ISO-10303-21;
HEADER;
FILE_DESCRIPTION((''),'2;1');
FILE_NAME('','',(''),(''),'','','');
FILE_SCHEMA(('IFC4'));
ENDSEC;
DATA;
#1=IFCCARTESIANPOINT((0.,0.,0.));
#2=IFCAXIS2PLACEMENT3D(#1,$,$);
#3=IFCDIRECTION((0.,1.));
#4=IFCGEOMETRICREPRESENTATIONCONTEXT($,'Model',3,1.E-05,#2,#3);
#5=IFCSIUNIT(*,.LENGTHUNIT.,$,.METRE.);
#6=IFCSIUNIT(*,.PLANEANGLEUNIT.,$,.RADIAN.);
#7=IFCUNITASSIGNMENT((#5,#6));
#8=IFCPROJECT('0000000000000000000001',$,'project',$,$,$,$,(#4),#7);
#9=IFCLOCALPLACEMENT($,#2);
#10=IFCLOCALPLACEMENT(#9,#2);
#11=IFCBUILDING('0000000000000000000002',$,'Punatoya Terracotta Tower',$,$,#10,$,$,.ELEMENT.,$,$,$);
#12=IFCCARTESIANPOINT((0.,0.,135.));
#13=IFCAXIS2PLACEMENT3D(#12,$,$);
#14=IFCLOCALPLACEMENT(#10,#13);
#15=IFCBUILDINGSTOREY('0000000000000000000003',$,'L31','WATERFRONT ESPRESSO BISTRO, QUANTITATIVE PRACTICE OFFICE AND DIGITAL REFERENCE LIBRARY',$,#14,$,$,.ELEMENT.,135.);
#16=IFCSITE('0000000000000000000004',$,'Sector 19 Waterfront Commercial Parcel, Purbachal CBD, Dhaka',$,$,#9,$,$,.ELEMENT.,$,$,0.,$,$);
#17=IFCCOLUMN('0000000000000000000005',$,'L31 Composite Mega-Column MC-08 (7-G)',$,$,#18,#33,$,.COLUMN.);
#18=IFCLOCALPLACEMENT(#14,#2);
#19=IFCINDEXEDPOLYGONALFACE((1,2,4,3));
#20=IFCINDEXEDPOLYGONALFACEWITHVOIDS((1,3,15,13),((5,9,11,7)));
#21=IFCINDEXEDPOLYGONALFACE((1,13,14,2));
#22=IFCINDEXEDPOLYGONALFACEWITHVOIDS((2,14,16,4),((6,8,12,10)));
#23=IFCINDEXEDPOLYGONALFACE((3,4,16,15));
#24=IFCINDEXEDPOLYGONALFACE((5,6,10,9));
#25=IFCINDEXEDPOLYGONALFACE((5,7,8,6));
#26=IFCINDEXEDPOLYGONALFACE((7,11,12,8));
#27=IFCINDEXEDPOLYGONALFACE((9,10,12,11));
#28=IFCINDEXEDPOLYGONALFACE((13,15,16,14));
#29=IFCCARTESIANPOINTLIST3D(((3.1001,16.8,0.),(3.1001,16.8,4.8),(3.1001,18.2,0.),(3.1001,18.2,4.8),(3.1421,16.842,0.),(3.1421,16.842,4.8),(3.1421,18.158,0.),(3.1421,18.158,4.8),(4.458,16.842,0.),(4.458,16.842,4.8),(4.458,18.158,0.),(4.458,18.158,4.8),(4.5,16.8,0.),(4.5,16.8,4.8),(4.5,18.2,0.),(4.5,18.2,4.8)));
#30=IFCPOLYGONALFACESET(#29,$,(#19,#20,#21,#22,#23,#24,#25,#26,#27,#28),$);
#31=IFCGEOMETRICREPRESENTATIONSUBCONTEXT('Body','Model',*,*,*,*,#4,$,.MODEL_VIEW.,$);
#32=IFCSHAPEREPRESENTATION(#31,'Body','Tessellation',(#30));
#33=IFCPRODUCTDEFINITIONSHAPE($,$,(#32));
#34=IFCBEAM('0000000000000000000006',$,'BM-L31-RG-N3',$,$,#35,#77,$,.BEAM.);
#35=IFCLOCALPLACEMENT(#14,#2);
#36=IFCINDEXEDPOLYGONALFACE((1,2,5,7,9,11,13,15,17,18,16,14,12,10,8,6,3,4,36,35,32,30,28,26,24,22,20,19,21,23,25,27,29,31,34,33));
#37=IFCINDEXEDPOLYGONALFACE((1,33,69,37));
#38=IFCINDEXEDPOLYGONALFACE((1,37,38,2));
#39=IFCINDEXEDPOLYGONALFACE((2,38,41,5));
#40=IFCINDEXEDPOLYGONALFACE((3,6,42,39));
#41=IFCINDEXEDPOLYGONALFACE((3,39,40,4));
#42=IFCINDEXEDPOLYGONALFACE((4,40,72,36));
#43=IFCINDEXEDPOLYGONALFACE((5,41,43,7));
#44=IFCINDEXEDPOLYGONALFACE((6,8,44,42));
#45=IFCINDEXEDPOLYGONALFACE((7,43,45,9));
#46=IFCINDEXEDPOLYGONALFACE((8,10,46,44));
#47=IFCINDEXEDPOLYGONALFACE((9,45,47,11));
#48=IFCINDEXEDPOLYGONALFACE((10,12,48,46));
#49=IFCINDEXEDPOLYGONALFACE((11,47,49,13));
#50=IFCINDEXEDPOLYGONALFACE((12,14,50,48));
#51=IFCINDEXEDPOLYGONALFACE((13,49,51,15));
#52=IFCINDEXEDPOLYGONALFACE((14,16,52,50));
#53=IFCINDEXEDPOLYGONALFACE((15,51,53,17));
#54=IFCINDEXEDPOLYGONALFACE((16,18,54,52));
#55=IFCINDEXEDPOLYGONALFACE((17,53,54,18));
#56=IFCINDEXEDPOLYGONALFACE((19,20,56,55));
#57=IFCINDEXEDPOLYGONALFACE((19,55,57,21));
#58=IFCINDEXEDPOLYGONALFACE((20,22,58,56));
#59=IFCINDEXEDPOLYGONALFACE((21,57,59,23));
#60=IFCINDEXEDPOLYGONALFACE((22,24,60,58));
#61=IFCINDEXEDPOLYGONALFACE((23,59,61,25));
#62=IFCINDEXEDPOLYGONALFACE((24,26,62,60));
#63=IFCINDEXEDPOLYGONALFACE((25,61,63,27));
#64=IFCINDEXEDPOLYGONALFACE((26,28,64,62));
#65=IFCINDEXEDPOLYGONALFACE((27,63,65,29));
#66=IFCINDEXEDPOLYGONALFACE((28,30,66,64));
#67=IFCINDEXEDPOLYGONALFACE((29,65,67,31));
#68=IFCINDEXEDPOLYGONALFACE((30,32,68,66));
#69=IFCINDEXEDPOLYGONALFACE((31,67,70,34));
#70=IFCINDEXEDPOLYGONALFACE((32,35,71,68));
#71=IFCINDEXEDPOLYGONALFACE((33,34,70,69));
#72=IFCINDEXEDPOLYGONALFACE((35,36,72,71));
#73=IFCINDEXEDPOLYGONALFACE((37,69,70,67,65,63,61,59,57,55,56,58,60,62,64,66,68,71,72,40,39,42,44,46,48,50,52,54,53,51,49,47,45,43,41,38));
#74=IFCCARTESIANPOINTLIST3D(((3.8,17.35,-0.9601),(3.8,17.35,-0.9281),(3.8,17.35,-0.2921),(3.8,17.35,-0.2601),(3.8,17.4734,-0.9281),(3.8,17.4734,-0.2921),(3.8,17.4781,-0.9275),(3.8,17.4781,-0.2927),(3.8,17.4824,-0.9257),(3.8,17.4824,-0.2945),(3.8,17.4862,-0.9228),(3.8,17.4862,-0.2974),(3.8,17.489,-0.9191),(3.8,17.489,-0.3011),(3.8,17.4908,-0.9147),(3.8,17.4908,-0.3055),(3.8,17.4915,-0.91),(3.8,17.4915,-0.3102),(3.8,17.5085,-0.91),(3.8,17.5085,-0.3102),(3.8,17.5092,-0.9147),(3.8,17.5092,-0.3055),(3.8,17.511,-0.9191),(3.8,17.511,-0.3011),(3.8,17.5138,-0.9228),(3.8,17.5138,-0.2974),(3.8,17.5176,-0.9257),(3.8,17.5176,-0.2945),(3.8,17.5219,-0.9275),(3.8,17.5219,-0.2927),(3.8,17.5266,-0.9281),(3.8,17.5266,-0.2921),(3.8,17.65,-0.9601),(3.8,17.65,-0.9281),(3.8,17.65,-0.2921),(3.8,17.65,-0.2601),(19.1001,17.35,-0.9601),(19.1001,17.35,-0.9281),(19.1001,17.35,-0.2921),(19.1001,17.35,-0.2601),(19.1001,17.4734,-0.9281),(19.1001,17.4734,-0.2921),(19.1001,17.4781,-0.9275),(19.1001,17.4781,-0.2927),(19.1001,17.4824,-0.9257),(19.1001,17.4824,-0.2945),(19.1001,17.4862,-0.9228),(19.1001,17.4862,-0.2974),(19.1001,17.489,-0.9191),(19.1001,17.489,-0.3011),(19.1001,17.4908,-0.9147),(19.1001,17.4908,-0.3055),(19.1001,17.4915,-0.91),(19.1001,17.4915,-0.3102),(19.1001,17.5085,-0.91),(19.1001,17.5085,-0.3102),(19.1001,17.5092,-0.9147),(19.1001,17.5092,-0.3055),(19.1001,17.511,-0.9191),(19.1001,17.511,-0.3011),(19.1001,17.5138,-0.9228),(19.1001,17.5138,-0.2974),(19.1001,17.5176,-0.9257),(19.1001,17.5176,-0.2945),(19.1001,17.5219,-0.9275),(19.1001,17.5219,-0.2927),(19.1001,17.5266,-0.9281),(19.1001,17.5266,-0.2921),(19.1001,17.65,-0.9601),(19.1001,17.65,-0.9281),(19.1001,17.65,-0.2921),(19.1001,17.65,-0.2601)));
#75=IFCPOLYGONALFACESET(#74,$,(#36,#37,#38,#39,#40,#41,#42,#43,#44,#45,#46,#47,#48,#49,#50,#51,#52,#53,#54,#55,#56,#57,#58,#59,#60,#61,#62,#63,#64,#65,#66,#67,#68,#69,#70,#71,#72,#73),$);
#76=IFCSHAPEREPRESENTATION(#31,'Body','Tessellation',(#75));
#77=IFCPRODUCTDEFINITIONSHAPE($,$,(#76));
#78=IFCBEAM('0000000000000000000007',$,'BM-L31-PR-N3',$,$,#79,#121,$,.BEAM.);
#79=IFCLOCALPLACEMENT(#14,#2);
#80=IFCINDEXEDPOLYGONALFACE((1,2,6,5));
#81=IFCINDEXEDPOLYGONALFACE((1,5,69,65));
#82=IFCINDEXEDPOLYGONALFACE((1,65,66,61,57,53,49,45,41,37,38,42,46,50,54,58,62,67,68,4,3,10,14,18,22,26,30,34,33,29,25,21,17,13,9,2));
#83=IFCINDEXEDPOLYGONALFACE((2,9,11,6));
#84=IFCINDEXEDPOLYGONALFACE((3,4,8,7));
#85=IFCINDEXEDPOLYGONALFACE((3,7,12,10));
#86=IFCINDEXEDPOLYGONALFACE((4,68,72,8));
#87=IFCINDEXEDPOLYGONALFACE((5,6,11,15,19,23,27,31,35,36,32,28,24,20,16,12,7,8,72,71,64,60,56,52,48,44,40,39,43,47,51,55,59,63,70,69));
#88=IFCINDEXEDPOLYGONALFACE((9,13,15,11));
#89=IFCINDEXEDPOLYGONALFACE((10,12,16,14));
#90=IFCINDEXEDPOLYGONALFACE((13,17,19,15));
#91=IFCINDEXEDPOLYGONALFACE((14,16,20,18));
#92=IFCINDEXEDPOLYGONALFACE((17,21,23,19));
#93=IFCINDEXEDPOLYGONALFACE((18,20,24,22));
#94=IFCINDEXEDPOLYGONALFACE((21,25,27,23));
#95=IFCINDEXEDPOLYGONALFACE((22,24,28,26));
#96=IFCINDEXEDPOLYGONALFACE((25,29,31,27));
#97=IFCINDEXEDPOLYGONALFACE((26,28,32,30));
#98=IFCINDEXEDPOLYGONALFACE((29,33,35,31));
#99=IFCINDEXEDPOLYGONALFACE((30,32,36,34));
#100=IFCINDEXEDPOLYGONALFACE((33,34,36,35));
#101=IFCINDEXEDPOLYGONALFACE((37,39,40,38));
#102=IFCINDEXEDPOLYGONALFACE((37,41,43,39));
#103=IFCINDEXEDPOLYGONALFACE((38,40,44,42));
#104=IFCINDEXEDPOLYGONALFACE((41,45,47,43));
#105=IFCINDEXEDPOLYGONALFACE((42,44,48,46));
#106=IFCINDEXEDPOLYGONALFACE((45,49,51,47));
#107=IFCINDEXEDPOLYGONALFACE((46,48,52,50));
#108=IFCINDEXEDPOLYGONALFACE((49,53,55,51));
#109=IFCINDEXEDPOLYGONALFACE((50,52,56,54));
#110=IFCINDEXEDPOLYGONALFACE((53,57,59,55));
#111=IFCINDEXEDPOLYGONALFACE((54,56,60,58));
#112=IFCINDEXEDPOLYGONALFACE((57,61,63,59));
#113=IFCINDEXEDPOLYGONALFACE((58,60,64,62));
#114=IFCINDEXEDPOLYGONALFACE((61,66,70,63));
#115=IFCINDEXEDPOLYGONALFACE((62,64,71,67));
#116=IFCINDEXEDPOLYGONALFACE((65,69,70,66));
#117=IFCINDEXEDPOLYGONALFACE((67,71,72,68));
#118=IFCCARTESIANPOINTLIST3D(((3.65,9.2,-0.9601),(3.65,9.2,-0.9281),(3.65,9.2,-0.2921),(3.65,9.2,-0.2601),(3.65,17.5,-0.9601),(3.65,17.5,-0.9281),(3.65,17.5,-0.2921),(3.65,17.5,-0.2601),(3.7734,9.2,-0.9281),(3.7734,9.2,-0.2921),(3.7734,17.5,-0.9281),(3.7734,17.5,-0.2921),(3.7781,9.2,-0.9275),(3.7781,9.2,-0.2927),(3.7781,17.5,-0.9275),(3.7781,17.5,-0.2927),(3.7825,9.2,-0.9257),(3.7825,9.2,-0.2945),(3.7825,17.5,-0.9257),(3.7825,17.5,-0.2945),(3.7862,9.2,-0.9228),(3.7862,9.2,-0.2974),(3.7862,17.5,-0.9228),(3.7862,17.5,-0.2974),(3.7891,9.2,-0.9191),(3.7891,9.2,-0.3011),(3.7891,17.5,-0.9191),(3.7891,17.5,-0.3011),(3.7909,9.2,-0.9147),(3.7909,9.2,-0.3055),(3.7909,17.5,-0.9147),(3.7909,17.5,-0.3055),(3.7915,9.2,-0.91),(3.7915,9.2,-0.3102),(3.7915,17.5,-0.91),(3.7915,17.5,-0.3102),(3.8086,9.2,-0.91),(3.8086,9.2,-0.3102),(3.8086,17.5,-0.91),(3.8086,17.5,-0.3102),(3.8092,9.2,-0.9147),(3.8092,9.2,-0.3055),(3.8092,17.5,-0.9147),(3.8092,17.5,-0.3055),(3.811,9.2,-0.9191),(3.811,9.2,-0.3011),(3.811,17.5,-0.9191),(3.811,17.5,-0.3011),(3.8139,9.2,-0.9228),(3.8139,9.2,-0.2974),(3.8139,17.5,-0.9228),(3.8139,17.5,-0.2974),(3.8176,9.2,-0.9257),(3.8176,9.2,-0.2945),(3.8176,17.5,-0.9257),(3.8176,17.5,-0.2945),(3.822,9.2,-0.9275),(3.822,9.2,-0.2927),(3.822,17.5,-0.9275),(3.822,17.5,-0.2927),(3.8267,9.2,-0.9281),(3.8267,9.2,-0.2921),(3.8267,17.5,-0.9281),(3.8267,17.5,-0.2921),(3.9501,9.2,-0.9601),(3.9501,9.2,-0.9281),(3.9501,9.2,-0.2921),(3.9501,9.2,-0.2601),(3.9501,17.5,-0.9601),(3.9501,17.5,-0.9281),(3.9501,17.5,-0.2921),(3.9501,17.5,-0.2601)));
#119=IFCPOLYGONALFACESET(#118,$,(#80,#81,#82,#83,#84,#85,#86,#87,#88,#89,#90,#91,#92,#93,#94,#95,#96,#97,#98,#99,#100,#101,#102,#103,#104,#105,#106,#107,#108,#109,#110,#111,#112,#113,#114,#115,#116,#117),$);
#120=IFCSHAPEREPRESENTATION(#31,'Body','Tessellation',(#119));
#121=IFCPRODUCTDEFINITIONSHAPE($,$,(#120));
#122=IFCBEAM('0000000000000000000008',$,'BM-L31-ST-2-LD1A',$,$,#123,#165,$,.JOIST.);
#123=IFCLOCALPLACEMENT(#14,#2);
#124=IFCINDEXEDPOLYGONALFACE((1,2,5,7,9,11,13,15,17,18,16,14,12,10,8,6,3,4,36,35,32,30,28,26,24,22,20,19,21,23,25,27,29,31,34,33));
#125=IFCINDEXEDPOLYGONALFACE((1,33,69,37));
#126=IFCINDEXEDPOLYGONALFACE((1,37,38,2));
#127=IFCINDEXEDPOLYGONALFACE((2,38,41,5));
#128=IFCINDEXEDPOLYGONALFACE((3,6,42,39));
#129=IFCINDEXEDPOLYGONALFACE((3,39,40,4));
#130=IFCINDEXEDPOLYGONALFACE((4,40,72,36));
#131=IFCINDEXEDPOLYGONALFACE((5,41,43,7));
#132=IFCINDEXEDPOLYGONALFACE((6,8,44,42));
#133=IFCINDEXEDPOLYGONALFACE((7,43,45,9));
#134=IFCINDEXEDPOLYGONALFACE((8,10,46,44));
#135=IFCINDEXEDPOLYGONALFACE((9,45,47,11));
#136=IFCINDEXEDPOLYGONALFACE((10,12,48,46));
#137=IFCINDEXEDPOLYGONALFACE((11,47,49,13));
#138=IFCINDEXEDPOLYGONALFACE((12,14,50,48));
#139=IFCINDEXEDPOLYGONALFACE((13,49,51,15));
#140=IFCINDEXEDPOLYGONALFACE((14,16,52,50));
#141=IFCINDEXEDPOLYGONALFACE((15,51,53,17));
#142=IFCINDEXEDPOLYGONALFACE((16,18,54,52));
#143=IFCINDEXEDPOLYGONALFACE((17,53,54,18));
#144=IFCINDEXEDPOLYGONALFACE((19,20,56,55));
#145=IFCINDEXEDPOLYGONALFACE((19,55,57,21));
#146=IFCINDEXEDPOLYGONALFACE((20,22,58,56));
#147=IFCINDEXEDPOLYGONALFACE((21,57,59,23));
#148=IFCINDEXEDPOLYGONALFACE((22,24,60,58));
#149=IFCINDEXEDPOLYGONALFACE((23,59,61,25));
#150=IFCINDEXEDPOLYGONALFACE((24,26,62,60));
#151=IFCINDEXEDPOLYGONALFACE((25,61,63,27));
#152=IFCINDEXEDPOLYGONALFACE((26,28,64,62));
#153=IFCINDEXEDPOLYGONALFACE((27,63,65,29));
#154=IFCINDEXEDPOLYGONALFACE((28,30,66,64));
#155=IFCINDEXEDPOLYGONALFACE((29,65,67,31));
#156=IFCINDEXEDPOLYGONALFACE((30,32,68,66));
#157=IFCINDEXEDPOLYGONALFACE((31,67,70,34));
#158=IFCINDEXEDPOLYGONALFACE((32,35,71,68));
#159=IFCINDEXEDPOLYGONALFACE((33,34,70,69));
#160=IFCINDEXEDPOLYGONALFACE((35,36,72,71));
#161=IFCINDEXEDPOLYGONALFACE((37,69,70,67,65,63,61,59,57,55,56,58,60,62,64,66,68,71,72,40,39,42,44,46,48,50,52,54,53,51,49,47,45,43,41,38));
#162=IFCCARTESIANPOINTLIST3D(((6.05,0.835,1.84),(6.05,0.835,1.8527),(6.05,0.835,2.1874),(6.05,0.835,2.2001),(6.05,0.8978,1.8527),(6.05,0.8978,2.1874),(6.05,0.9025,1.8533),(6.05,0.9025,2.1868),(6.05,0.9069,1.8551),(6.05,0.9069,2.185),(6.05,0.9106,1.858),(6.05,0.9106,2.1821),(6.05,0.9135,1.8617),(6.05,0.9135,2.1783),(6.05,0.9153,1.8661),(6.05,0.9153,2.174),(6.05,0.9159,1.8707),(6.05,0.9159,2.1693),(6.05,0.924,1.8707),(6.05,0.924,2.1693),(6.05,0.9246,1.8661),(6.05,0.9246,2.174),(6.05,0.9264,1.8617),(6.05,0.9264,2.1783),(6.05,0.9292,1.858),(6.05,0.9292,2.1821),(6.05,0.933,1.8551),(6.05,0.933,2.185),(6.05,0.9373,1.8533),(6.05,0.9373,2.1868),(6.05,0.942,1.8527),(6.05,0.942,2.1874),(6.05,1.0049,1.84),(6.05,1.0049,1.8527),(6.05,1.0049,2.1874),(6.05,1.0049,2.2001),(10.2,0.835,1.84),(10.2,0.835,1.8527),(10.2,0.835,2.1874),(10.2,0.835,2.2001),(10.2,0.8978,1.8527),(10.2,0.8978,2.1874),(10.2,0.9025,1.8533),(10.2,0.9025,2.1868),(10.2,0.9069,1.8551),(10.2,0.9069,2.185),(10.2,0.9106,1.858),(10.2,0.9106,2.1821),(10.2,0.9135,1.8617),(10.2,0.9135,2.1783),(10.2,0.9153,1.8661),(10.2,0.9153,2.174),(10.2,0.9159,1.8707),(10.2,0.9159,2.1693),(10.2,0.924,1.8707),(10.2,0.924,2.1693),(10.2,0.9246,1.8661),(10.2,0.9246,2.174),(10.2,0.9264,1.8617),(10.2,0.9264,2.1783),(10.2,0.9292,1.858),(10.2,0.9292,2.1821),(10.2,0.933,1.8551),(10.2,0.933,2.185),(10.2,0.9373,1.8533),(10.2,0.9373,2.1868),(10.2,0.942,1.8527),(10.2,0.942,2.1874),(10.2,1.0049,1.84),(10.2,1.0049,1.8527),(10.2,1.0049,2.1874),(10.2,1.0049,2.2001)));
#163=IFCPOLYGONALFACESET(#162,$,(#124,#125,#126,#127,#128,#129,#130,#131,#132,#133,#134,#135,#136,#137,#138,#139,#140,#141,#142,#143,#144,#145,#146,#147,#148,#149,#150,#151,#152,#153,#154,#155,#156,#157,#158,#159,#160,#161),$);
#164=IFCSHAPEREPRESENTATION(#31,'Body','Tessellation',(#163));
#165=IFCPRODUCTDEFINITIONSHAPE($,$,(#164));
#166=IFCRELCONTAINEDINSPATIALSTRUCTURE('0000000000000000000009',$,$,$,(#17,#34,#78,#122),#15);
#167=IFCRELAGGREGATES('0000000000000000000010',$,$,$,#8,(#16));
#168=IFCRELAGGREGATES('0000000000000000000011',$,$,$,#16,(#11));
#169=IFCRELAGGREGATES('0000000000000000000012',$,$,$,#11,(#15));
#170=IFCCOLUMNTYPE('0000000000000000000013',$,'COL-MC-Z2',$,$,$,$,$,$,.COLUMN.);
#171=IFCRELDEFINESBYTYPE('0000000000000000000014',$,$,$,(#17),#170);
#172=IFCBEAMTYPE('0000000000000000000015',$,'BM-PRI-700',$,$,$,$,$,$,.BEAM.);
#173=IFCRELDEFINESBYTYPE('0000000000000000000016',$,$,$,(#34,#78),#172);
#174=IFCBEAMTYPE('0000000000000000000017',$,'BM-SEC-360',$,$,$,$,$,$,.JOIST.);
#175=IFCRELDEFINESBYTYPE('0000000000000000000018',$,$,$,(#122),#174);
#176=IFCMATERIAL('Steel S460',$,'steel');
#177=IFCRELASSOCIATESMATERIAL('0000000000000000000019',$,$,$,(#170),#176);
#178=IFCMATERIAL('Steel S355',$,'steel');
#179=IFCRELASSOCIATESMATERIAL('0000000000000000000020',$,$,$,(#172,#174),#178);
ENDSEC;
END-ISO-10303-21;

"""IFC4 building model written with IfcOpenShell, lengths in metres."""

from ifc_helpers import new_model, si_unit, direction, frame, origin, origin_2d, place, context, subcontext, project, spatial, hollow_rectangle, i_section, extrude, material, material_profile, profile_set, type_object, element, save


model = new_model("IFC4")

# Units and contexts
model_context = context("Model", 3, precision=1e-05, world=origin(), true_north=direction((0.0, 1.0)))
body_context = subcontext(model_context, "Body", "Model", "MODEL_VIEW")
ifc_project = project(units=[si_unit("LENGTHUNIT", "METRE"), si_unit("PLANEANGLEUNIT", "RADIAN")], contexts=[model_context])

# Site, building, storey
site_placement = place(None, origin())
site = spatial("IfcSite", under=ifc_project, at=site_placement, Name="Sector 19 Waterfront Commercial Parcel, Purbachal CBD, Dhaka", CompositionType="ELEMENT", RefElevation=0.0)
building_placement = place(site_placement, origin())
building = spatial("IfcBuilding", under=site, at=building_placement, Name="Punatoya Terracotta Tower", CompositionType="ELEMENT")
storey_placement = place(building_placement, frame((0.0, 0.0, 135.0)))
storey = spatial("IfcBuildingStorey", under=building, at=storey_placement, Name="L31", Description="WATERFRONT ESPRESSO BISTRO, QUANTITATIVE PRACTICE OFFICE AND DIGITAL REFERENCE LIBRARY", CompositionType="ELEMENT", Elevation=135.0)

# Column
ifc_material_1 = material(Name="Steel S460", Category="steel")
ifc_material_profile_1 = material_profile(ifc_material_1, hollow_rectangle(XDim=1.3999, YDim=1.3999, WallThickness=0.042, at=origin_2d()))
ifc_profile_set_1 = profile_set([ifc_material_profile_1], Name="Steel S460")
column_type = type_object("IfcColumnType", Name="COL-MC-Z2", PredefinedType="COLUMN", material=ifc_profile_set_1)
column_placement = place(storey_placement, frame((3.8, 17.5, 0.0), z_axis=(0.0, 0.0, 1.0), x_axis=(1.0, 0.0, 0.0)))
element("IfcColumn", 1, at=column_placement, inside=storey, type_object=column_type, Name="L31 Composite Mega-Column MC-08 (7-G)", PredefinedType="COLUMN", context=body_context, shape_type="SweptSolid", body=[
    extrude(hollow_rectangle(XDim=1.3999, YDim=1.3999, WallThickness=0.042, at=origin_2d()), origin(), (0.0, 0.0, 1.0), 4.8),
])

# Beams
ifc_material_2 = material(Name="Steel S355", Category="steel")
ifc_material_profile_2 = material_profile(ifc_material_2, i_section(OverallWidth=0.3, OverallDepth=0.7, WebThickness=0.0171, FlangeThickness=0.032, FilletRadius=0.0181, at=origin_2d()))
ifc_profile_set_2 = profile_set([ifc_material_profile_2], Name="Steel S355")
beam_type_1 = type_object("IfcBeamType", Name="BM-PRI-700", PredefinedType="BEAM", material=ifc_profile_set_2)
beam_1_placement = place(storey_placement, frame((3.8, 17.5, -0.6101), z_axis=(1.0, 0.0, 0.0), x_axis=(0.0, 1.0, 0.0)))
element("IfcBeam", 2, at=beam_1_placement, inside=storey, type_object=beam_type_1, Name="BM-L31-RG-N3", PredefinedType="BEAM", context=body_context, shape_type="SweptSolid", body=[
    extrude(i_section(OverallWidth=0.3, OverallDepth=0.7, WebThickness=0.0171, FlangeThickness=0.032, FilletRadius=0.0181, at=origin_2d()), origin(), (0.0, 0.0, 1.0), 15.3),
])
beam_2_placement = place(storey_placement, frame((3.8, 9.2, -0.6101), z_axis=(0.0, 1.0, 0.0), x_axis=(-1.0, 0.0, 0.0)))
element("IfcBeam", 3, at=beam_2_placement, inside=storey, type_object=beam_type_1, Name="BM-L31-PR-N3", PredefinedType="BEAM", context=body_context, shape_type="SweptSolid", body=[
    extrude(i_section(OverallWidth=0.3, OverallDepth=0.7, WebThickness=0.0171, FlangeThickness=0.032, FilletRadius=0.0181, at=origin_2d()), origin(), (0.0, 0.0, 1.0), 8.3),
])
ifc_material_profile_3 = material_profile(ifc_material_2, i_section(OverallWidth=0.1699, OverallDepth=0.3601, WebThickness=0.0081, FlangeThickness=0.0127, FilletRadius=0.0181, at=origin_2d()))
ifc_profile_set_3 = profile_set([ifc_material_profile_3], Name="Steel S355")
beam_type_2 = type_object("IfcBeamType", Name="BM-SEC-360", PredefinedType="JOIST", material=ifc_profile_set_3)
for number, where, z_axis, x_axis, name in (
    (4, (6.05, 0.9199, 2.02), (1.0, 0.0, 0.0), (0.0, 1.0, 0.0), "BM-L31-ST-2-LD1A"),
):
    element("IfcBeam", number, at=place(storey_placement, frame(where, z_axis=z_axis, x_axis=x_axis)), inside=storey, type_object=beam_type_2, Name=name, PredefinedType="JOIST", context=body_context, shape_type="SweptSolid", body=[
        extrude(i_section(OverallWidth=0.1699, OverallDepth=0.3601, WebThickness=0.0081, FlangeThickness=0.0127, FilletRadius=0.0181, at=origin_2d()), origin(), (0.0, 0.0, 1.0), 4.1499),
    ])

save(model, "model.ifc")
